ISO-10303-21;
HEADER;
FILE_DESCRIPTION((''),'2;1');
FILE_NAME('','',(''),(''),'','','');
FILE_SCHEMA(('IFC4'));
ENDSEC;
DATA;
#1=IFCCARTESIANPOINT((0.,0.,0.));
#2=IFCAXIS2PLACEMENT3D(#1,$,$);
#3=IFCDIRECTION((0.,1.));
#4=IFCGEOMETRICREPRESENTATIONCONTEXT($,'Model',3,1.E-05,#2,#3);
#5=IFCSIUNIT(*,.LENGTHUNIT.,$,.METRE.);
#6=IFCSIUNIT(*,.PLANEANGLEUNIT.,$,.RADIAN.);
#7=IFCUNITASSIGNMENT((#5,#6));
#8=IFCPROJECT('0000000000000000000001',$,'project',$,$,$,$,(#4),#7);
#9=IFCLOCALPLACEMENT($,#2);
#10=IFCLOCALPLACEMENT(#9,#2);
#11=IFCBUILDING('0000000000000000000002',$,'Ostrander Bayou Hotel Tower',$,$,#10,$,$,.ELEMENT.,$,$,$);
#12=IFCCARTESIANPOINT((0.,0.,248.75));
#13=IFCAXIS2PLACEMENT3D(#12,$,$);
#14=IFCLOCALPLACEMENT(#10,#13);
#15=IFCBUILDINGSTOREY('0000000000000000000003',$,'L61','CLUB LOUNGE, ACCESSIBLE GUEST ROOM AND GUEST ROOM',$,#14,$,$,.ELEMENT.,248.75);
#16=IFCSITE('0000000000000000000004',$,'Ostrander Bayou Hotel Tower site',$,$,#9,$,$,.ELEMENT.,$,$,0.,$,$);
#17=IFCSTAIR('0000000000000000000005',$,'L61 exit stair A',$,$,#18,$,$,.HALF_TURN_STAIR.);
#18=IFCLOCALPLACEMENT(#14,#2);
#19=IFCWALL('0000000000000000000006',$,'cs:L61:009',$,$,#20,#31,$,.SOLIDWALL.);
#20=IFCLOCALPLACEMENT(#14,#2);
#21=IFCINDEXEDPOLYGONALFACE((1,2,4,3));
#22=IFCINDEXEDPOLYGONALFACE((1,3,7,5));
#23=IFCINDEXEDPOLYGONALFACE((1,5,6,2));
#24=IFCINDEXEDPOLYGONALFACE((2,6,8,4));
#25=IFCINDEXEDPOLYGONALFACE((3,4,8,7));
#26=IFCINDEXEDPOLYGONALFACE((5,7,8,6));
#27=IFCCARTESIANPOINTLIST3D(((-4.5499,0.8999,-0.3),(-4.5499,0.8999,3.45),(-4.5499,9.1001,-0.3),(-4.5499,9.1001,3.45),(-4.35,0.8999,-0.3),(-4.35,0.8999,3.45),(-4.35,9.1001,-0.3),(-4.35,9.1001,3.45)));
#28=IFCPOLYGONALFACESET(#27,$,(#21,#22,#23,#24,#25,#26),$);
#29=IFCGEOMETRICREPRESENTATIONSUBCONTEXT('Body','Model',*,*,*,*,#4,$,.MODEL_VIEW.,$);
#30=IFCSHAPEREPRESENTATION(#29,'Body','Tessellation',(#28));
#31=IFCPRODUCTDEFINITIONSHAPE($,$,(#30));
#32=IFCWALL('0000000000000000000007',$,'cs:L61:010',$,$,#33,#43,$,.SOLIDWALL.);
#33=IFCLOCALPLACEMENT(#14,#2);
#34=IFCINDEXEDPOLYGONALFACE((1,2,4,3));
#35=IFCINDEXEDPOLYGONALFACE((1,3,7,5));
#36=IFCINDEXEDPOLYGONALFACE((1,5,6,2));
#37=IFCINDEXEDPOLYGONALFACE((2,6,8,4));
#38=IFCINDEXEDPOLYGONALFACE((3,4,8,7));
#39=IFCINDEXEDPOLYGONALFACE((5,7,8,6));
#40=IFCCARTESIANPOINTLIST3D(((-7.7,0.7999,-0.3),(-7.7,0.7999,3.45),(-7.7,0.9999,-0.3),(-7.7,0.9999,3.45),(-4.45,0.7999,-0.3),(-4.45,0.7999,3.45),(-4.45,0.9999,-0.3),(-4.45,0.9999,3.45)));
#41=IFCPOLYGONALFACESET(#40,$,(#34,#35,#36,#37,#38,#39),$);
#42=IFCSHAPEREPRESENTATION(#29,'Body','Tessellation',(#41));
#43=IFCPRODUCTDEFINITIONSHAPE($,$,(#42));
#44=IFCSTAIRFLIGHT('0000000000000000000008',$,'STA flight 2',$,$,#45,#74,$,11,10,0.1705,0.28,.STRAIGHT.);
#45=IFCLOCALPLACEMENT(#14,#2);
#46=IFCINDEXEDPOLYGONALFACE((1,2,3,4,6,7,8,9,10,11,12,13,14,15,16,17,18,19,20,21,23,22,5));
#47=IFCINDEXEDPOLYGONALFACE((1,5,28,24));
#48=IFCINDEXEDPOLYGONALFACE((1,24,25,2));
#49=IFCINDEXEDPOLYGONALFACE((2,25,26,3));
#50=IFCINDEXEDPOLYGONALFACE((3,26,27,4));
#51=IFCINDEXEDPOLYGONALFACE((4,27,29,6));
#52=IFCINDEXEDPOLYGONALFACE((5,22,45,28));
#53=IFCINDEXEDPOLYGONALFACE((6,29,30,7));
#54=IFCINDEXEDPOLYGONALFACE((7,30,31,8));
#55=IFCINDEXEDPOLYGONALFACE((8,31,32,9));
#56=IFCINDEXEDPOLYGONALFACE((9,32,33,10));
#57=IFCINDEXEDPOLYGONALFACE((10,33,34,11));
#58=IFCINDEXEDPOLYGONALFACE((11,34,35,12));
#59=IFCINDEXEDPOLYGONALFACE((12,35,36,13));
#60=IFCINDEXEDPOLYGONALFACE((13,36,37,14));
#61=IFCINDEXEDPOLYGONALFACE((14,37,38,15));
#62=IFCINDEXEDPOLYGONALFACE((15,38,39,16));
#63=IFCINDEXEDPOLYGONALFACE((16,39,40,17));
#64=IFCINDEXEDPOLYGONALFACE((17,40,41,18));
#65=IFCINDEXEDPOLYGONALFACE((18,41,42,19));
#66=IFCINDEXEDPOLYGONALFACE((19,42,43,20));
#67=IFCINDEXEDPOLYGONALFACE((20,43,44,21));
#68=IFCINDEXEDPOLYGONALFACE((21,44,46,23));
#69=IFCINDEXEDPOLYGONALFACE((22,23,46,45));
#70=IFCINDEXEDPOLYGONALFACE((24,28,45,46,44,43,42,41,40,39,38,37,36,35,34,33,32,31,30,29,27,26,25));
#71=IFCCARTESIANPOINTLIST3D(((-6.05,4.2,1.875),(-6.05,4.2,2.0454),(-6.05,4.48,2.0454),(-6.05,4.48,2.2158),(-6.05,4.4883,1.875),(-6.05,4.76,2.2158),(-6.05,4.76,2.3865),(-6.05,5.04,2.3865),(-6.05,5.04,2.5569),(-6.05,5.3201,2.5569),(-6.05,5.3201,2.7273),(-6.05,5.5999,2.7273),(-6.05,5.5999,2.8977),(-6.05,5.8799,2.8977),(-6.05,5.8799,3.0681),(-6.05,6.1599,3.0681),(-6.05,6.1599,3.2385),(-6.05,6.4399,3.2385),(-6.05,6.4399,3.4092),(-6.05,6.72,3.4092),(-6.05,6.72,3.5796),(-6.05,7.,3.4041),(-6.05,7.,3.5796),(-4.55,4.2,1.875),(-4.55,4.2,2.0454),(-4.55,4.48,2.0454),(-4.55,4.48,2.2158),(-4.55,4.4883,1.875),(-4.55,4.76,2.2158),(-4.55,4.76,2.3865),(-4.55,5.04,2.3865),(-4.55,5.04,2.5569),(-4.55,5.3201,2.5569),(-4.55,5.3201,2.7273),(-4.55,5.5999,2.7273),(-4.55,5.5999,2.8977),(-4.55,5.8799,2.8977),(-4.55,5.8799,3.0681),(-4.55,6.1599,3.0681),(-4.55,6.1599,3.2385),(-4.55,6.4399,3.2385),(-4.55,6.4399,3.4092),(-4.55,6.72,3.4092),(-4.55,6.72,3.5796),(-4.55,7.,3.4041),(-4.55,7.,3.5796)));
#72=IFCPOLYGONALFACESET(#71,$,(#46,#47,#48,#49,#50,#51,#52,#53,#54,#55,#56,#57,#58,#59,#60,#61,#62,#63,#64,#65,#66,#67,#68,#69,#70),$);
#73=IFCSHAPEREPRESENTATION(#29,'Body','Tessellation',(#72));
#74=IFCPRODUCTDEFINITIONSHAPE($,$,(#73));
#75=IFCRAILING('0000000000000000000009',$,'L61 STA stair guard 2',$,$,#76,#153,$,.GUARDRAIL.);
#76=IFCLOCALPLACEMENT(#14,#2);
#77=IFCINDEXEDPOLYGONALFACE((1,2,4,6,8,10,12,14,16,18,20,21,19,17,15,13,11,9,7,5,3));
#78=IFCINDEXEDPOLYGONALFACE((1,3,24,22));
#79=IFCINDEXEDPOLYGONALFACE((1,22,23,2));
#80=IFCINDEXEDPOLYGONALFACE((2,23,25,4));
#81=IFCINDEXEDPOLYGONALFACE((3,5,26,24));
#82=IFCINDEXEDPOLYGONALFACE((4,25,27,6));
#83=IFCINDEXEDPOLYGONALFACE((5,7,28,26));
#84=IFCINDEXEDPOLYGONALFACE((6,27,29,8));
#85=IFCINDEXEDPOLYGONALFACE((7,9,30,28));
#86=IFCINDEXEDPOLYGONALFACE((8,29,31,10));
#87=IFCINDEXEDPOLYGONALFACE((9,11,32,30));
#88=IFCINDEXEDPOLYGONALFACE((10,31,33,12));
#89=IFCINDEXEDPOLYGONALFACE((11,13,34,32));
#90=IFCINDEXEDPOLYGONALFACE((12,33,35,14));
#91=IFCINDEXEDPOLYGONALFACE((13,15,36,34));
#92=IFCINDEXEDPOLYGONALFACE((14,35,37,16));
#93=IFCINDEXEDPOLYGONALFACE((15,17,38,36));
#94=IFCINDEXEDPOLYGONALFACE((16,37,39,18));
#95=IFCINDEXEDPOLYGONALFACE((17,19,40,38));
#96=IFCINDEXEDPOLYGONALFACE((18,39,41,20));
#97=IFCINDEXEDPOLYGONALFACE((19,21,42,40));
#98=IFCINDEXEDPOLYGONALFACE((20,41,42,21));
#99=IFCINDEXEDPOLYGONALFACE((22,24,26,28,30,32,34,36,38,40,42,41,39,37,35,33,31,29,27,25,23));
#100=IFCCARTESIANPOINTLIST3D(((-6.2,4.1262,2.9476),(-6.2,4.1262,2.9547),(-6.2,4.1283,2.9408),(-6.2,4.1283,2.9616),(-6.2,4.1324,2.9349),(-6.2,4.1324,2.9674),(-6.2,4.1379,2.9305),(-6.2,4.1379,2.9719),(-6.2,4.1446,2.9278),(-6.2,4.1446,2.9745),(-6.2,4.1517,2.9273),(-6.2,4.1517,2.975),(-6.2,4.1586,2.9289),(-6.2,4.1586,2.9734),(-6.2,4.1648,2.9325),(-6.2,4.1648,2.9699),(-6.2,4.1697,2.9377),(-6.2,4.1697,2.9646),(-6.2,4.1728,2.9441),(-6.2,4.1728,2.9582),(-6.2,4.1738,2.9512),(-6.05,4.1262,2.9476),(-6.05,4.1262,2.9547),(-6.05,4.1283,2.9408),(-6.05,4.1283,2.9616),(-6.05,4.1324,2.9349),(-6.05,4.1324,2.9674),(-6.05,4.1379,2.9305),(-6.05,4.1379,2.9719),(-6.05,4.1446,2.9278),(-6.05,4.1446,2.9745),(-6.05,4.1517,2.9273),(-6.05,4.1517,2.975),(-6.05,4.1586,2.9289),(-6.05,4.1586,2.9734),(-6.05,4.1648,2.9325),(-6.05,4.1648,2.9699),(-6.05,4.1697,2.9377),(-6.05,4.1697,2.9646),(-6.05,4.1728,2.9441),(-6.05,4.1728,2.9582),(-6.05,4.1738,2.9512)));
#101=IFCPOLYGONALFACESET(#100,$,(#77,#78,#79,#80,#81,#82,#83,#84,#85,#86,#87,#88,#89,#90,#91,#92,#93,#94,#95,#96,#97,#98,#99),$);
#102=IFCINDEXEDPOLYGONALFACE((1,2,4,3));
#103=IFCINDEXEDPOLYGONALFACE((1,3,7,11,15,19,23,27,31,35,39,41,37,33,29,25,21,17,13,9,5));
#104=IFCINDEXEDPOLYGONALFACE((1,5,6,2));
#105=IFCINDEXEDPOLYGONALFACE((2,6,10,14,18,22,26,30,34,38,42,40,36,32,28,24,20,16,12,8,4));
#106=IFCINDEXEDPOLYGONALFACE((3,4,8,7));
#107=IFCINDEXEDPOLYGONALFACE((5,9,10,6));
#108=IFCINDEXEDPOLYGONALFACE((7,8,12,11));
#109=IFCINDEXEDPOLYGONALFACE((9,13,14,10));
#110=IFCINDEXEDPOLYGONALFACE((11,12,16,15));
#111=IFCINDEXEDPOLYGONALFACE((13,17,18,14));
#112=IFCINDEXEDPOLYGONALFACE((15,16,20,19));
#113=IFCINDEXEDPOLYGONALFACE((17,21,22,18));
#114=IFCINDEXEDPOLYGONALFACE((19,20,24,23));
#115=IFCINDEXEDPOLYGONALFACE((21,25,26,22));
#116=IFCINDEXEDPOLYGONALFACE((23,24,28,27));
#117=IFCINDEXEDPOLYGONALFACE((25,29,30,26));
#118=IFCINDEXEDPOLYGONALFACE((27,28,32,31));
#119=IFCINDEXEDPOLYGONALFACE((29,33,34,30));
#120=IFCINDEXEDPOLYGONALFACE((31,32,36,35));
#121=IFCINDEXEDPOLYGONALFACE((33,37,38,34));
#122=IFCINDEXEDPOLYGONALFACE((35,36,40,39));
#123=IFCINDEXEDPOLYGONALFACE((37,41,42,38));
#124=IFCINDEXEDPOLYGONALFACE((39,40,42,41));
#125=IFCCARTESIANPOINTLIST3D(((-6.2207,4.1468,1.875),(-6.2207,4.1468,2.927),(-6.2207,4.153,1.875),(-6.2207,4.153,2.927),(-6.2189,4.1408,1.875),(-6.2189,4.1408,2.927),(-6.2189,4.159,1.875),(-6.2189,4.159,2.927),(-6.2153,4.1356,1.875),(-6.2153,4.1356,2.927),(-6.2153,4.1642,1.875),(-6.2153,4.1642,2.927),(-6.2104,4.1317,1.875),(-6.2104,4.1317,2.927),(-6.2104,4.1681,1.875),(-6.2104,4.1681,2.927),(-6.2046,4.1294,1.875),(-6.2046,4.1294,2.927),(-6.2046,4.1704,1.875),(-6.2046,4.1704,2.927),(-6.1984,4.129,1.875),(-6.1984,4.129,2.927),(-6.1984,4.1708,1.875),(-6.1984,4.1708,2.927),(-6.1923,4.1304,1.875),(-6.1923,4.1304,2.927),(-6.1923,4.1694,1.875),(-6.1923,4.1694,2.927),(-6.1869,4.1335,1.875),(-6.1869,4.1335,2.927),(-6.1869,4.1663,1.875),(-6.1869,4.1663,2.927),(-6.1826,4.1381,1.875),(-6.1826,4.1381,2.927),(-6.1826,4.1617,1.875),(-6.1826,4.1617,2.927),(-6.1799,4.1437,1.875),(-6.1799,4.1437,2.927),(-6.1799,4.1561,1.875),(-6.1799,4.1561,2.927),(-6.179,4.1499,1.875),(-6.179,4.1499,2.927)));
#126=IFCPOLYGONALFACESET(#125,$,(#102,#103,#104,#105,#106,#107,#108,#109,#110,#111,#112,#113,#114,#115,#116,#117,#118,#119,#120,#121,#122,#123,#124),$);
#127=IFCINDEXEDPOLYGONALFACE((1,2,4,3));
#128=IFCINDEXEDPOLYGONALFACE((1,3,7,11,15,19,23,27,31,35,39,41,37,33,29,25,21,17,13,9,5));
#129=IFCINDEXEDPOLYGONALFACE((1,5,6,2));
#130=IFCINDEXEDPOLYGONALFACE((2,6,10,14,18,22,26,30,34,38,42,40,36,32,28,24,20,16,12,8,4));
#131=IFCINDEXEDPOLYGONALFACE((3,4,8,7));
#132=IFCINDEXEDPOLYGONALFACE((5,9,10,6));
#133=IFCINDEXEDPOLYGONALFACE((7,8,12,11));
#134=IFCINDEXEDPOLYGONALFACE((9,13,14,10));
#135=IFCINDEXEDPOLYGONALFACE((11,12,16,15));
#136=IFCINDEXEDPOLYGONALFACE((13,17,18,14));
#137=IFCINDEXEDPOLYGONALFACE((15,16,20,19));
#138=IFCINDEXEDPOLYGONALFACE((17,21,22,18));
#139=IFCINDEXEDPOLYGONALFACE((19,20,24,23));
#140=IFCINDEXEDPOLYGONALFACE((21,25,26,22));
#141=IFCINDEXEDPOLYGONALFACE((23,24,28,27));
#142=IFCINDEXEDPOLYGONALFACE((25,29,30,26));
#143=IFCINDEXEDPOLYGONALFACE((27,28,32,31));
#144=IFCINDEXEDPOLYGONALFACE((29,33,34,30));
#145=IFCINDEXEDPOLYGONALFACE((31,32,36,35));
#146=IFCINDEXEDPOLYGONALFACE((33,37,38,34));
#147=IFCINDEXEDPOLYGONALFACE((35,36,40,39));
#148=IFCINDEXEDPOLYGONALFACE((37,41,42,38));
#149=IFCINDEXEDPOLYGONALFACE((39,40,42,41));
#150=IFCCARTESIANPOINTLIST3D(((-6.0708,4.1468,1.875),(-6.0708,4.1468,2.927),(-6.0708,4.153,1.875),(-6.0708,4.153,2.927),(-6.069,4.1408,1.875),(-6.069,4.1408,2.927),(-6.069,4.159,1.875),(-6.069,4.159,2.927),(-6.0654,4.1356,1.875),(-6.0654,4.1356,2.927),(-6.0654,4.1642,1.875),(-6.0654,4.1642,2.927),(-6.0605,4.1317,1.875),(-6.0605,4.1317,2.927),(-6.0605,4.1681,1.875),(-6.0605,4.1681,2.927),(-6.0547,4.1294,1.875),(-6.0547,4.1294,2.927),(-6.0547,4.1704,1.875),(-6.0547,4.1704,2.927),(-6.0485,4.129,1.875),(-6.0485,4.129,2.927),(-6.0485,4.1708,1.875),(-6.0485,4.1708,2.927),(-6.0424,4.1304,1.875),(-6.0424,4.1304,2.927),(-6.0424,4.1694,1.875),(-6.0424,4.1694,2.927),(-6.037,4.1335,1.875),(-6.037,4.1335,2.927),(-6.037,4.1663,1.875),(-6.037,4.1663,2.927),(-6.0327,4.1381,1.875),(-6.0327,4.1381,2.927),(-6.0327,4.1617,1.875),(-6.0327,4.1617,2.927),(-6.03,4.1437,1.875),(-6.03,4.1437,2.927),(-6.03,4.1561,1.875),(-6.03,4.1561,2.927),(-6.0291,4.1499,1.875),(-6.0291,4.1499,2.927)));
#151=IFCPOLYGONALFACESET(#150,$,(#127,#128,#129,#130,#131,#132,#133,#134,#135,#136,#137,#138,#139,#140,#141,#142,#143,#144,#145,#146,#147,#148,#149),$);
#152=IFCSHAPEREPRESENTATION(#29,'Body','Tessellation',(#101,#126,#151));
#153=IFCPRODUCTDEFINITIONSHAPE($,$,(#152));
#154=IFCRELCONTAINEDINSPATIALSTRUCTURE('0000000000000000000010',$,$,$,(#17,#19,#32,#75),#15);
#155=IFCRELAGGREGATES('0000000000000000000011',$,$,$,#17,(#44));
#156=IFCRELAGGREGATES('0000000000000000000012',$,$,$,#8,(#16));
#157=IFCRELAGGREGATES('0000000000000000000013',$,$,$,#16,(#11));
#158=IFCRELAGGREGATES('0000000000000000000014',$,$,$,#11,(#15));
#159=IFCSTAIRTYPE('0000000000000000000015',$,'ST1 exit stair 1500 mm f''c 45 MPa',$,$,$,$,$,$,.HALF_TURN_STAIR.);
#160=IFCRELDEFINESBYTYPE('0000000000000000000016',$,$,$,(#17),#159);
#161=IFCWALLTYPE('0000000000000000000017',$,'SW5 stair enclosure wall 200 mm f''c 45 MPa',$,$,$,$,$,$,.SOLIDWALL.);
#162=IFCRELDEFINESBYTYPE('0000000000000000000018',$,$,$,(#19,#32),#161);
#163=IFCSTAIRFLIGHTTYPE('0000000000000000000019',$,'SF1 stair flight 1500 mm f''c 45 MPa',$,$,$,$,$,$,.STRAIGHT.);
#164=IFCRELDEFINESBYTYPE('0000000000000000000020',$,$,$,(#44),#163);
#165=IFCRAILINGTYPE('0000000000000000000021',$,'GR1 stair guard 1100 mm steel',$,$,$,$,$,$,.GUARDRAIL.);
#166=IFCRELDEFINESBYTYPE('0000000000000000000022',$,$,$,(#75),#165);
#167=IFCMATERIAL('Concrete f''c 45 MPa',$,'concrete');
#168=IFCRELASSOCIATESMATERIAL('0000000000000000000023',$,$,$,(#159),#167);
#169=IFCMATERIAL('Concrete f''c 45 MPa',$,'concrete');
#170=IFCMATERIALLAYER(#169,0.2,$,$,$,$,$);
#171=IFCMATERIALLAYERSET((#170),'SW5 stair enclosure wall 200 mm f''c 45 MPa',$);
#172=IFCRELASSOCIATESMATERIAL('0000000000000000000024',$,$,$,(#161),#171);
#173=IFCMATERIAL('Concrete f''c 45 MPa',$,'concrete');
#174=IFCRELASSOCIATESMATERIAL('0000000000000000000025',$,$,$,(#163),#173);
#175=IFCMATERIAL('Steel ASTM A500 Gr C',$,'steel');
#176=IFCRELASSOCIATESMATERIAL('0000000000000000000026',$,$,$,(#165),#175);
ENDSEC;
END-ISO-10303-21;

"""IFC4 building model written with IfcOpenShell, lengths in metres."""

from ifc_helpers import new_model, si_unit, direction, frame, frame_2d, origin, origin_2d, place, context, subcontext, project, spatial, polyline, rectangle, circle, outline, extrude, material, layer, layer_set, type_object, element, aggregate, save


model = new_model("IFC4")

# Units and contexts
model_context = context("Model", 3, precision=1e-05, world=origin(), true_north=direction((0.0, 1.0)))
body_context = subcontext(model_context, "Body", "Model", "MODEL_VIEW")
ifc_project = project(units=[si_unit("LENGTHUNIT", "METRE"), si_unit("PLANEANGLEUNIT", "RADIAN")], contexts=[model_context])

# Site, building, storey
site_placement = place(None, origin())
site = spatial("IfcSite", under=ifc_project, at=site_placement, Name="Ostrander Bayou Hotel Tower site", CompositionType="ELEMENT", RefElevation=0.0)
building_placement = place(site_placement, origin())
building = spatial("IfcBuilding", under=site, at=building_placement, Name="Ostrander Bayou Hotel Tower", CompositionType="ELEMENT")
storey_placement = place(building_placement, frame((0.0, 0.0, 248.75)))
storey = spatial("IfcBuildingStorey", under=building, at=storey_placement, Name="L61", Description="CLUB LOUNGE, ACCESSIBLE GUEST ROOM AND GUEST ROOM", CompositionType="ELEMENT", Elevation=248.75)

# Stair
ifc_material_1 = material(Name="Concrete f'c 45 MPa", Category="concrete")
stair_type = type_object("IfcStairType", Name="ST1 exit stair 1500 mm f'c 45 MPa", PredefinedType="HALF_TURN_STAIR", material=ifc_material_1)
stair_1_placement = place(storey_placement, origin())
stair_1 = element("IfcStair", 1, at=stair_1_placement, inside=storey, type_object=stair_type, Name="L61 exit stair A", PredefinedType="HALF_TURN_STAIR")

# Walls
ifc_material_2 = material(Name="Concrete f'c 45 MPa", Category="concrete")
ifc_layer_1 = layer(ifc_material_2, 0.2)
ifc_layer_set_1 = layer_set([ifc_layer_1], Name="SW5 stair enclosure wall 200 mm f'c 45 MPa")
wall_type_1 = type_object("IfcWallType", Name="SW5 stair enclosure wall 200 mm f'c 45 MPa", PredefinedType="SOLIDWALL", material=ifc_layer_set_1)
wall_1_placement = place(storey_placement, frame((-4.45, 0.8999, -0.3), z_axis=(0.0, 0.0, 1.0), x_axis=(0.0, 1.0, 0.0)))
element("IfcWall", 2, at=wall_1_placement, inside=storey, type_object=wall_type_1, Name="cs:L61:009", PredefinedType="SOLIDWALL", context=body_context, shape_type="SweptSolid", body=[
    extrude(rectangle(XDim=8.2002, YDim=0.2, at=frame_2d((4.1001, 0.0))), origin(), (0.0, 0.0, 1.0), 3.75),
])
wall_2_placement = place(storey_placement, frame((-7.7, 0.8999, -0.3), z_axis=(0.0, 0.0, 1.0), x_axis=(1.0, 0.0, 0.0)))
element("IfcWall", 3, at=wall_2_placement, inside=storey, type_object=wall_type_1, Name="cs:L61:010", PredefinedType="SOLIDWALL", context=body_context, shape_type="SweptSolid", body=[
    extrude(rectangle(XDim=3.25, YDim=0.2, at=frame_2d((1.625, 0.0))), origin(), (0.0, 0.0, 1.0), 3.75),
])

# Stair flight
ifc_material_3 = material(Name="Concrete f'c 45 MPa", Category="concrete")
stair_flight_type = type_object("IfcStairFlightType", Name="SF1 stair flight 1500 mm f'c 45 MPa", PredefinedType="STRAIGHT", material=ifc_material_3)
stair_flight_placement = place(storey_placement, frame((-5.3, 4.2, 1.875), z_axis=(0.0, 0.0, 1.0), x_axis=(0.0, 1.0, 0.0)))
stair_flight = element("IfcStairFlight", 4, at=stair_flight_placement, type_object=stair_flight_type, Name="STA flight 2", NumberOfRisers=11, NumberOfTreads=10, PredefinedType="STRAIGHT", RiserHeight=0.1705, TreadLength=0.28, context=body_context, shape_type="SweptSolid", body=[
    extrude(outline(polyline([(0.0, 0.0), (0.0, 0.1704), (0.28, 0.1704), (0.28, 0.3408), (0.5601, 0.3408), (0.5601, 0.5115), (0.8401, 0.5115), (0.8401, 0.6819), (1.1201, 0.6819), (1.1201, 0.8523), (1.3999, 0.8523), (1.3999, 1.0227), (1.6799, 1.0227), (1.6799, 1.1931), (1.96, 1.1931), (1.96, 1.3635), (2.24, 1.3635), (2.24, 1.5342), (2.52, 1.5342), (2.52, 1.7046), (2.8, 1.7046), (2.8, 1.875), (2.8, 1.5291), (0.2883, 0.0), (0.0, 0.0)])), frame((0.0, 0.75, 0.0), z_axis=(0.0, -1.0, 0.0), x_axis=(1.0, 0.0, 0.0)), (0.0, 0.0, 1.0), 1.5),
])
aggregate(stair_1, [stair_flight])

# Railing
ifc_material_4 = material(Name="Steel ASTM A500 Gr C", Category="steel")
railing_type_1 = type_object("IfcRailingType", Name="GR1 stair guard 1100 mm steel", PredefinedType="GUARDRAIL", material=ifc_material_4)
railing_1_placement = place(storey_placement, frame((-6.2, 4.1499, 1.875)))
element("IfcRailing", 5, at=railing_1_placement, inside=storey, type_object=railing_type_1, Name="L61 STA stair guard 2", PredefinedType="GUARDRAIL", context=body_context, shape_type="SweptSolid", body=[
    extrude(circle(Radius=0.0239, at=origin_2d()), frame((0.0, 0.0, 1.0762), z_axis=(1.0, 0.0, 0.0), x_axis=(0.0, 1.0, 0.0)), (0.0, 0.0, 1.0), 0.1499),
    extrude(circle(Radius=0.021, at=origin_2d()), origin(), (0.0, 0.0, 1.0), 1.052),
    extrude(circle(Radius=0.021, at=origin_2d()), frame((0.1499, 0.0, 0.0)), (0.0, 0.0, 1.0), 1.052),
])

save(model, "model.ifc")
